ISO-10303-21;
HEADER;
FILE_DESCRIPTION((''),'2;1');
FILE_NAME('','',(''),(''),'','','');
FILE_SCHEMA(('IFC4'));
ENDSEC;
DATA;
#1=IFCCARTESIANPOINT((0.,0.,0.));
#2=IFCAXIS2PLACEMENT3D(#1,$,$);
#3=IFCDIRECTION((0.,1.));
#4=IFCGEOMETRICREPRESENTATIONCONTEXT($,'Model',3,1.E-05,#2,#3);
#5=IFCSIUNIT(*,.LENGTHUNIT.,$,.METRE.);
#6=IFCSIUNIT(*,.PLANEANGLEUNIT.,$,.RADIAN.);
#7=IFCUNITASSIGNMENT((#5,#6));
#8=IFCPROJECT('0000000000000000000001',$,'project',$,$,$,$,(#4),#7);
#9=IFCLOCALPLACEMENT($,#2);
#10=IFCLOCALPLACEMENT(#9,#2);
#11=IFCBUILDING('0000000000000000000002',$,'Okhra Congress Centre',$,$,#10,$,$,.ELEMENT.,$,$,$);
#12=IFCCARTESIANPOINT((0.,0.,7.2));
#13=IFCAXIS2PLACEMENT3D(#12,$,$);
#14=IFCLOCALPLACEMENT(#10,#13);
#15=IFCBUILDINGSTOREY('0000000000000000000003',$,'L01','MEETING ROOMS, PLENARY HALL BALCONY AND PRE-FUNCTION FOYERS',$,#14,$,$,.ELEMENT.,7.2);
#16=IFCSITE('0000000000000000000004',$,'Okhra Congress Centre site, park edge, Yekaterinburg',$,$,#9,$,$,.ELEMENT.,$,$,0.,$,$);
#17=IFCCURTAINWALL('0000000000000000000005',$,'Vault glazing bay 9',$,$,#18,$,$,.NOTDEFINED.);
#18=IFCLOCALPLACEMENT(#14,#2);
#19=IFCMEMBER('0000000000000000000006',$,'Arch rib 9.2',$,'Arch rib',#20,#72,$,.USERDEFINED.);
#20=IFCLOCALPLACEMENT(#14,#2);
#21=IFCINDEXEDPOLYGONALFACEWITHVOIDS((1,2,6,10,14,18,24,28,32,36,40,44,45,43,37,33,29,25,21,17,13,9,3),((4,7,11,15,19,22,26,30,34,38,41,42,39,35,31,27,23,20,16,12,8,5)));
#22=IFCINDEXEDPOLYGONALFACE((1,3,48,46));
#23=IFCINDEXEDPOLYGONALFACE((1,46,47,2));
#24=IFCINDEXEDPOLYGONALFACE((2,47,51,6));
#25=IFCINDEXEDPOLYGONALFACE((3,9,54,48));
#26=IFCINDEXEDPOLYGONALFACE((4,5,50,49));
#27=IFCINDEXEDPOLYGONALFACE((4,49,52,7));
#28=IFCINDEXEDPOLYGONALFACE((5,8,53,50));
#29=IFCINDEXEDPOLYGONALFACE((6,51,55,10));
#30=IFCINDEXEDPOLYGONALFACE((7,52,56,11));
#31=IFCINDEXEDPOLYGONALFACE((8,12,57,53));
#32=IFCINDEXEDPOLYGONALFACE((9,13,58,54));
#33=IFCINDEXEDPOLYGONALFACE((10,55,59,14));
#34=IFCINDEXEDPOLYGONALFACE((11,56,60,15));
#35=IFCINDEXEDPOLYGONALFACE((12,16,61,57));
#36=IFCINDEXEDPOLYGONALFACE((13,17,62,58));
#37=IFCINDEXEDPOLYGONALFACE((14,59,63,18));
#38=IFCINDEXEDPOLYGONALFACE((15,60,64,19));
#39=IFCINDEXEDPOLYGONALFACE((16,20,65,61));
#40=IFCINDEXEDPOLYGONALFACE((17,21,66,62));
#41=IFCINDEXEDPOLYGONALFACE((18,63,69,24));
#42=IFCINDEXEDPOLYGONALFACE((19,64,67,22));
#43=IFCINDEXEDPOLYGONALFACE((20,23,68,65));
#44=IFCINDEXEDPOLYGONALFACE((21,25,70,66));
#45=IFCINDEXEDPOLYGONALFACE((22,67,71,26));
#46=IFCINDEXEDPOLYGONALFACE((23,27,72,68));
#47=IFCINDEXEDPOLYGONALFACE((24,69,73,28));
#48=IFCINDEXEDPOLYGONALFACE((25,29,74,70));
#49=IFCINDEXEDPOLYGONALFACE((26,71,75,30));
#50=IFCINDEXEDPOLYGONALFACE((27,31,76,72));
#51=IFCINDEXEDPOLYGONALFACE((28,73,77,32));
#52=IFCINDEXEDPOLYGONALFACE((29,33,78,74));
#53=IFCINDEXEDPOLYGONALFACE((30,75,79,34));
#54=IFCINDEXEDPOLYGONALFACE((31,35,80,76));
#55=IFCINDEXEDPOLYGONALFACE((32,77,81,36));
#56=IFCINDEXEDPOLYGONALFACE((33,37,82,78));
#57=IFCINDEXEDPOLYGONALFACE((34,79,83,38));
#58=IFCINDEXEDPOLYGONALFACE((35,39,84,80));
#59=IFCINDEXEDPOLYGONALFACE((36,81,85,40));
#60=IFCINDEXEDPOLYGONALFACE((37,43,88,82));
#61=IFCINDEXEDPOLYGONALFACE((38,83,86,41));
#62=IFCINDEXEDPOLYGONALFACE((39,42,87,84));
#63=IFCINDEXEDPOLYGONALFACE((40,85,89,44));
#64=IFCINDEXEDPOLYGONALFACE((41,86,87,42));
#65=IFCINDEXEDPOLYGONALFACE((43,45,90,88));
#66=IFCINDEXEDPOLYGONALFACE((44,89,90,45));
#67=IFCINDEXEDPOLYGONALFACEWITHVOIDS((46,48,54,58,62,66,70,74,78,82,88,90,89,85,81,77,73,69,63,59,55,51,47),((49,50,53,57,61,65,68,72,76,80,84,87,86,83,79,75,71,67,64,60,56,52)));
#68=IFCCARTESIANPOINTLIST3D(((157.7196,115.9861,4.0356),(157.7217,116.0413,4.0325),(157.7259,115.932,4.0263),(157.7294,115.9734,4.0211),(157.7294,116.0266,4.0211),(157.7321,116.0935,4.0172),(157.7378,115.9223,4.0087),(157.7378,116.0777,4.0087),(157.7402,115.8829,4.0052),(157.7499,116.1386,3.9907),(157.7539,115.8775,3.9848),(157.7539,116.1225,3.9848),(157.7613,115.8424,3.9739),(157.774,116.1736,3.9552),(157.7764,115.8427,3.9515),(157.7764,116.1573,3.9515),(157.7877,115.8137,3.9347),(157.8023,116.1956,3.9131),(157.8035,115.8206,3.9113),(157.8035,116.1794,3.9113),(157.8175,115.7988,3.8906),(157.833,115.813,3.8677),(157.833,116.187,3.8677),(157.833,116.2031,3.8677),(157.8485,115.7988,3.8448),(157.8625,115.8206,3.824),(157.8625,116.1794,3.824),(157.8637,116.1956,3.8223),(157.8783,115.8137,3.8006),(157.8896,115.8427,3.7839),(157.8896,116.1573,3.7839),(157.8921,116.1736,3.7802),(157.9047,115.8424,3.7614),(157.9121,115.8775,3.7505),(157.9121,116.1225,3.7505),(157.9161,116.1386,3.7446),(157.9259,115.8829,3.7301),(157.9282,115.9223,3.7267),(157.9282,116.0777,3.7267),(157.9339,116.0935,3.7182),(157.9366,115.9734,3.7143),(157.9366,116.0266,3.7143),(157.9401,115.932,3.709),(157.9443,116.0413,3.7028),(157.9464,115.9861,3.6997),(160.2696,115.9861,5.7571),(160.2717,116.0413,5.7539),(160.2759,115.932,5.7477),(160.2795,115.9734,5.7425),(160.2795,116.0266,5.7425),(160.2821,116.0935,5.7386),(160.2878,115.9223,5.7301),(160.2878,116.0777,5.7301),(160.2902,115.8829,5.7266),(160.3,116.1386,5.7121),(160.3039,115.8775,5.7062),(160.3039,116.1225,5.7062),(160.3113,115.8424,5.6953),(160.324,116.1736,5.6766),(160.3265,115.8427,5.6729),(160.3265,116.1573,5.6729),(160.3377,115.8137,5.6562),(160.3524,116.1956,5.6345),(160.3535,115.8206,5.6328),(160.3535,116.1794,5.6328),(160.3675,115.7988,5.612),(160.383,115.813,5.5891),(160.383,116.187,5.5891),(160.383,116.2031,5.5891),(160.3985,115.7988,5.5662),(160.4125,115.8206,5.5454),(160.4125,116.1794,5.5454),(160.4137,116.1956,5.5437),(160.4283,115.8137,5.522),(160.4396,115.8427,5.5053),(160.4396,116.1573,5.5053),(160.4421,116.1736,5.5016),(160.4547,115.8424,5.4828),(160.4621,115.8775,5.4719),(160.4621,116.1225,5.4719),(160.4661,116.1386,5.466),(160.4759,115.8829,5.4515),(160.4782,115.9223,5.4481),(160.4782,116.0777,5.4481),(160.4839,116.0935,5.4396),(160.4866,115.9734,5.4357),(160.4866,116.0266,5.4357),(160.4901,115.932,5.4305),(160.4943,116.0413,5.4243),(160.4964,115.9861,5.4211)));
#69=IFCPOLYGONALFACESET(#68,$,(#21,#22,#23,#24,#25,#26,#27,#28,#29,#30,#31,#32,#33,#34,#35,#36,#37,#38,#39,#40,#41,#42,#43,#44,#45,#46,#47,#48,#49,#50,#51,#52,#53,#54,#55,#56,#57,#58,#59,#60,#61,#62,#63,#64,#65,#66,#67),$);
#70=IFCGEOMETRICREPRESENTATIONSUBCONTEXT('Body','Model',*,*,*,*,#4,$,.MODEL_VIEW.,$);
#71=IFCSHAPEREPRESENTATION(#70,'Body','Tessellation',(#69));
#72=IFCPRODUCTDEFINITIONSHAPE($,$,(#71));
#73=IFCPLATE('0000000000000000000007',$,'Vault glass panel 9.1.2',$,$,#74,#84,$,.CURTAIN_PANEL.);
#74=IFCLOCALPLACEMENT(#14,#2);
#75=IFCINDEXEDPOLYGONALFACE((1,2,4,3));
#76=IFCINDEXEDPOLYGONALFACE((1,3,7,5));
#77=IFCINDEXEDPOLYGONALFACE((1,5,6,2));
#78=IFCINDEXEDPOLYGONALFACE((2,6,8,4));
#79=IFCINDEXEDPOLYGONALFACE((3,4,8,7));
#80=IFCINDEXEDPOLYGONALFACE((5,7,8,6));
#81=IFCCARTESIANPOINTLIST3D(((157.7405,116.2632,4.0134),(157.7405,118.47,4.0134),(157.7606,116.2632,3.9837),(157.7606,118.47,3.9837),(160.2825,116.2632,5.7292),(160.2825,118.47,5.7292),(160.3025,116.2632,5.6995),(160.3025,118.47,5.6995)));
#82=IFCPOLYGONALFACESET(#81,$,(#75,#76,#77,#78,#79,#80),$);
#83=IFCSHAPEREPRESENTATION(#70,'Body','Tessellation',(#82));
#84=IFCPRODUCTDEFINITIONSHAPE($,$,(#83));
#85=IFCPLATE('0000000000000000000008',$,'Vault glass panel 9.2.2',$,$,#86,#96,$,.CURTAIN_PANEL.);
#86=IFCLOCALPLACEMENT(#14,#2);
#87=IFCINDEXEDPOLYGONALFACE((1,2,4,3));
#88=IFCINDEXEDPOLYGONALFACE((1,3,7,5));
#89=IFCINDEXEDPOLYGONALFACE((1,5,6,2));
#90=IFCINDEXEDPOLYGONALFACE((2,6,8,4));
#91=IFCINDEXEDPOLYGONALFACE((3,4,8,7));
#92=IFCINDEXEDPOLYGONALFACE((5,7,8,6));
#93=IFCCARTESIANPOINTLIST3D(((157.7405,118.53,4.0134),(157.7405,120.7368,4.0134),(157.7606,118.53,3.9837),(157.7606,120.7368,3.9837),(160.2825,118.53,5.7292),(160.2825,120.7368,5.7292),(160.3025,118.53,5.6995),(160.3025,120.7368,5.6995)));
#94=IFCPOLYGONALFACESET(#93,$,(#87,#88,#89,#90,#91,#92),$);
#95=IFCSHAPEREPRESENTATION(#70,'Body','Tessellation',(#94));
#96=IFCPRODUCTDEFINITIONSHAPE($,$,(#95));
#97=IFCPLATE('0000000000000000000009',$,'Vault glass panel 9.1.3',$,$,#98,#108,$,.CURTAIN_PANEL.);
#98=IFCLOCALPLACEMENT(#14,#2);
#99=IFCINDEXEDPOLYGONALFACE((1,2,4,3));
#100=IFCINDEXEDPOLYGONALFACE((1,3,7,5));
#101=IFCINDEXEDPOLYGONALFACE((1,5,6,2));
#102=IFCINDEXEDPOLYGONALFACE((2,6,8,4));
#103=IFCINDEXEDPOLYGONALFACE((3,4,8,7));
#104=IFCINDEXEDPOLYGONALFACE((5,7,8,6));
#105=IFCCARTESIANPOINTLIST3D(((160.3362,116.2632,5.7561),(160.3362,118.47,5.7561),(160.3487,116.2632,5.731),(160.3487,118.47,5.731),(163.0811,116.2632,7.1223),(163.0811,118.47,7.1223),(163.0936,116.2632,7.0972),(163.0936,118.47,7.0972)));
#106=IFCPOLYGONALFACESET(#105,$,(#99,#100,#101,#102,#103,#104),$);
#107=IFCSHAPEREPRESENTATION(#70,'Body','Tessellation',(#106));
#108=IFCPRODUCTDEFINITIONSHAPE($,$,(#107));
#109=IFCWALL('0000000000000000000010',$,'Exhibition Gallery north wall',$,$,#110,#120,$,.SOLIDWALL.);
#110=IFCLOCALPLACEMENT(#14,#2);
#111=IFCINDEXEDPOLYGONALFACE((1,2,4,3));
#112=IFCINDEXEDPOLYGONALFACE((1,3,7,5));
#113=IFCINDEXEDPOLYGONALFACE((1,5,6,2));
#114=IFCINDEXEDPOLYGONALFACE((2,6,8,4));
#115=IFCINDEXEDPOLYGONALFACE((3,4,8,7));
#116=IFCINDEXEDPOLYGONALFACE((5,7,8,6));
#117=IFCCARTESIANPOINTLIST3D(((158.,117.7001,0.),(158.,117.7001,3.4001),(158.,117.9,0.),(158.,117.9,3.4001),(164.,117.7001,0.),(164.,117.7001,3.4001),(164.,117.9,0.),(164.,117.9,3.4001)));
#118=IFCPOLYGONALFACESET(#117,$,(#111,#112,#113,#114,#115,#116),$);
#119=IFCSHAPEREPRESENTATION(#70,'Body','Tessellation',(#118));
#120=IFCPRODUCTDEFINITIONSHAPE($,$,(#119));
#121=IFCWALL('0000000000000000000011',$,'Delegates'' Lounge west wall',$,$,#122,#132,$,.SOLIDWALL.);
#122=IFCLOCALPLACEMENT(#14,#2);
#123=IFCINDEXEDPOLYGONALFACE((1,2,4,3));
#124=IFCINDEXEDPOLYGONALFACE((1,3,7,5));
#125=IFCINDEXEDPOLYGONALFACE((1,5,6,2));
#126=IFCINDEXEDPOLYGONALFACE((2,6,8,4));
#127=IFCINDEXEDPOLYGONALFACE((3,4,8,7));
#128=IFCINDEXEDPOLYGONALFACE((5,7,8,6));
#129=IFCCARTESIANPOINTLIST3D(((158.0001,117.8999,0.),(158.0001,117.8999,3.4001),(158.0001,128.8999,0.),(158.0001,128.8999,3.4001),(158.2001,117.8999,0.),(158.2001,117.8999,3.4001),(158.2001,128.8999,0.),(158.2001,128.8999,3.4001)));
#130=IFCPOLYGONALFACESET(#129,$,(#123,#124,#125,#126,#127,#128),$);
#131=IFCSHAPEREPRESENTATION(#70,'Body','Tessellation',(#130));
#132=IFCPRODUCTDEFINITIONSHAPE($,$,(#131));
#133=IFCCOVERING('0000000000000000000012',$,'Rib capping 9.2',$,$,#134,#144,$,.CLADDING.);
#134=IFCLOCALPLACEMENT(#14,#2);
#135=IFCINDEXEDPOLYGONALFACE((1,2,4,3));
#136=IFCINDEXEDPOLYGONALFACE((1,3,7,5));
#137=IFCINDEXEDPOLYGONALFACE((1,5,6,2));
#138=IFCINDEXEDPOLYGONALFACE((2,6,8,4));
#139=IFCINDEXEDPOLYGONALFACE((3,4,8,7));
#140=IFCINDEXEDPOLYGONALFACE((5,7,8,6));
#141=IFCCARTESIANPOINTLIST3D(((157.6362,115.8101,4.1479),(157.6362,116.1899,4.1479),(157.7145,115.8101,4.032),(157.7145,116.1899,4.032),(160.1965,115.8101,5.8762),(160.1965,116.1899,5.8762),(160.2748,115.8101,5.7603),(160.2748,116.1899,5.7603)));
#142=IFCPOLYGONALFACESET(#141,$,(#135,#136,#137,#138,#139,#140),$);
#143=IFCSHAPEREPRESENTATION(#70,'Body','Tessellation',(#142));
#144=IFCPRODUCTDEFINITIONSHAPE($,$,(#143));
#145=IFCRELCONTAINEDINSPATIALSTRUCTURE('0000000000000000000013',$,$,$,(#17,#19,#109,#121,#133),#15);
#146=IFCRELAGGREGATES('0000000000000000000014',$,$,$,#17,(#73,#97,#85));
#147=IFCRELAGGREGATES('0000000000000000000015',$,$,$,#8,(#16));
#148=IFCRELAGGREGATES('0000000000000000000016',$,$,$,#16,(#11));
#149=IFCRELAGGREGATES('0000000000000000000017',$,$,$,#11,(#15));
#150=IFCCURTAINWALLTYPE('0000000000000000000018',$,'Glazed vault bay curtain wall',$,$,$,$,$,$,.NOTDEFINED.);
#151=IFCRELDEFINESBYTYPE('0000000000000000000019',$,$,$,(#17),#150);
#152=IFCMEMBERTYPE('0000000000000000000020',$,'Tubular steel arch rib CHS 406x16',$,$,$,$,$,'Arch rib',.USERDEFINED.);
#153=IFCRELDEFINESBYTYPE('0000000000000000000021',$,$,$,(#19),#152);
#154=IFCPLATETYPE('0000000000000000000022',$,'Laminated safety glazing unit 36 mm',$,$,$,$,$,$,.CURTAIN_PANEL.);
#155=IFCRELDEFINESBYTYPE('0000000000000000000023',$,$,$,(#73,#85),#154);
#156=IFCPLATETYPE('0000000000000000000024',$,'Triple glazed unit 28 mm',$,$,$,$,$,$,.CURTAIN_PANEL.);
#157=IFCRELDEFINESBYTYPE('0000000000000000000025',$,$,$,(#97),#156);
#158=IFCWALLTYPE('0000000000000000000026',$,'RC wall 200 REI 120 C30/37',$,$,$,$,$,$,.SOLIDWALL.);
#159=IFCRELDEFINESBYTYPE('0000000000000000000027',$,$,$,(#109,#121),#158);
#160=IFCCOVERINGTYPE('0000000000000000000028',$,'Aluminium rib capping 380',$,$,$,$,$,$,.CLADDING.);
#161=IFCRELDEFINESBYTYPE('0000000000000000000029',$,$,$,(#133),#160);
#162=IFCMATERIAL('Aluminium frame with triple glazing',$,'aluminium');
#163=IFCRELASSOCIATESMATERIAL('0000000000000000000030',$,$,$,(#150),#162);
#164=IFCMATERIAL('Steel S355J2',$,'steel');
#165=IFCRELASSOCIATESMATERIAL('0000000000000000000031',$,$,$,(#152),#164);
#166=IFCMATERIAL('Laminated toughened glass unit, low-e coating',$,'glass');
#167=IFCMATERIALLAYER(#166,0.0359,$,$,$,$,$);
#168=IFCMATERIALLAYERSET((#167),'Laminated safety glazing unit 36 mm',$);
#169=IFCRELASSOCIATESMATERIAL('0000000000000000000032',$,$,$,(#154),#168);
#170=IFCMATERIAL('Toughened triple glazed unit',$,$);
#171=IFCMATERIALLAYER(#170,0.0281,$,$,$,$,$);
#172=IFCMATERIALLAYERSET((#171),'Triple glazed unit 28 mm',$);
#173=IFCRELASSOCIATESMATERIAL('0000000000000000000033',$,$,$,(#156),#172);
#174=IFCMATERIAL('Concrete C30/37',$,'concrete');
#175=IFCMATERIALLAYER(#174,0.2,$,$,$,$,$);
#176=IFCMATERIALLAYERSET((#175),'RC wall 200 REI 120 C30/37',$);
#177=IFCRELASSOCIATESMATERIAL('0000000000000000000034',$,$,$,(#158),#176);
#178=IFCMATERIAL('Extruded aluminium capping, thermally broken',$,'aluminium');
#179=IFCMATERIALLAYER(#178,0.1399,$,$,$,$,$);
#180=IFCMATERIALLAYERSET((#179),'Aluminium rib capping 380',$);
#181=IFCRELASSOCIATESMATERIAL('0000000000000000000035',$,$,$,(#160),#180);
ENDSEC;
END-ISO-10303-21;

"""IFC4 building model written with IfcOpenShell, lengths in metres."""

from ifc_helpers import new_model, si_unit, direction, frame, frame_2d, origin, origin_2d, place, context, subcontext, project, spatial, polyline, rectangle, hollow_circle, outline, extrude, material, layer, layer_set, material_profile, profile_set, type_object, element, aggregate, save


model = new_model("IFC4")

# Units and contexts
model_context = context("Model", 3, precision=1e-05, world=origin(), true_north=direction((0.0, 1.0)))
body_context = subcontext(model_context, "Body", "Model", "MODEL_VIEW")
ifc_project = project(units=[si_unit("LENGTHUNIT", "METRE"), si_unit("PLANEANGLEUNIT", "RADIAN")], contexts=[model_context])

# Site, building, storey
site_placement = place(None, origin())
site = spatial("IfcSite", under=ifc_project, at=site_placement, Name="Okhra Congress Centre site, park edge, Yekaterinburg", CompositionType="ELEMENT", RefElevation=0.0)
building_placement = place(site_placement, origin())
building = spatial("IfcBuilding", under=site, at=building_placement, Name="Okhra Congress Centre", CompositionType="ELEMENT")
storey_placement = place(building_placement, frame((0.0, 0.0, 7.2)))
storey = spatial("IfcBuildingStorey", under=building, at=storey_placement, Name="L01", Description="MEETING ROOMS, PLENARY HALL BALCONY AND PRE-FUNCTION FOYERS", CompositionType="ELEMENT", Elevation=7.2)

# Curtain wall
ifc_material_1 = material(Name="Aluminium frame with triple glazing", Category="aluminium")
curtain_wall_type = type_object("IfcCurtainWallType", Name="Glazed vault bay curtain wall", PredefinedType="NOTDEFINED", material=ifc_material_1)
curtain_wall_1_placement = place(storey_placement, origin())
curtain_wall_1 = element("IfcCurtainWall", 1, at=curtain_wall_1_placement, inside=storey, type_object=curtain_wall_type, Name="Vault glazing bay 9", PredefinedType="NOTDEFINED")

# Member
ifc_material_2 = material(Name="Steel S355J2", Category="steel")
ifc_material_profile_1 = material_profile(ifc_material_2, hollow_circle(Radius=0.2031, WallThickness=0.0161, at=origin_2d()), Name="CHS 406.4x16")
ifc_profile_set_1 = profile_set([ifc_material_profile_1], Name="Steel S355J2")
member_type_1 = type_object("IfcMemberType", Name="Tubular steel arch rib CHS 406x16", ElementType="Arch rib", PredefinedType="USERDEFINED", material=ifc_profile_set_1)
member_1_placement = place(storey_placement, frame((157.833, 116.0, 3.8677), z_axis=(0.828826, 0.0, 0.559507), x_axis=(0.0, 1.0, 0.0)))
element("IfcMember", 2, at=member_1_placement, inside=storey, type_object=member_type_1, Name="Arch rib 9.2", ObjectType="Arch rib", PredefinedType="USERDEFINED", context=body_context, shape_type="SweptSolid", body=[
    extrude(hollow_circle(Radius=0.2031, WallThickness=0.0161, at=origin_2d()), origin(), (0.0, 0.0, 1.0), 3.0767),
])

# Plates
ifc_material_3 = material(Name="Laminated toughened glass unit, low-e coating", Category="glass")
ifc_layer_1 = layer(ifc_material_3, 0.0359)
ifc_layer_set_1 = layer_set([ifc_layer_1], Name="Laminated safety glazing unit 36 mm")
plate_type_1 = type_object("IfcPlateType", Name="Laminated safety glazing unit 36 mm", PredefinedType="CURTAIN_PANEL", material=ifc_layer_set_1)
plate_1_placement = place(storey_placement, frame((157.7405, 116.2632, 4.0134), z_axis=(-0.559467, 0.0, 0.828852), x_axis=(0.828852, 0.0, 0.559467)))
plate_1 = element("IfcPlate", 3, at=plate_1_placement, type_object=plate_type_1, Name="Vault glass panel 9.1.2", PredefinedType="CURTAIN_PANEL", context=body_context, shape_type="SweptSolid", body=[
    extrude(outline(polyline([(0.0, 0.0), (3.0669, 0.0), (3.0669, 2.2068), (0.0, 2.2068), (0.0, 0.0)])), origin(), (0.0, 0.0, -1.0), 0.0359),
])
plate_2_placement = place(storey_placement, frame((157.7405, 118.53, 4.0134), z_axis=(-0.559467, 0.0, 0.828852), x_axis=(0.828852, 0.0, 0.559467)))
plate_2 = element("IfcPlate", 4, at=plate_2_placement, type_object=plate_type_1, Name="Vault glass panel 9.2.2", PredefinedType="CURTAIN_PANEL", context=body_context, shape_type="SweptSolid", body=[
    extrude(outline(polyline([(0.0, 0.0), (3.0669, 0.0), (3.0669, 2.2068), (0.0, 2.2068), (0.0, 0.0)])), origin(), (0.0, 0.0, -1.0), 0.0359),
])
ifc_material_4 = material(Name="Toughened triple glazed unit")
ifc_layer_2 = layer(ifc_material_4, 0.0281)
ifc_layer_set_2 = layer_set([ifc_layer_2], Name="Triple glazed unit 28 mm")
plate_type_2 = type_object("IfcPlateType", Name="Triple glazed unit 28 mm", PredefinedType="CURTAIN_PANEL", material=ifc_layer_set_2)
plate_3_placement = place(storey_placement, frame((160.3362, 116.2632, 5.7561), z_axis=(-0.445588, 0.0, 0.895238), x_axis=(0.895238, 0.0, 0.445588)))
plate_3 = element("IfcPlate", 5, at=plate_3_placement, type_object=plate_type_2, Name="Vault glass panel 9.1.3", PredefinedType="CURTAIN_PANEL", context=body_context, shape_type="SweptSolid", body=[
    extrude(outline(polyline([(0.0, 0.0), (3.0661, 0.0), (3.0661, 2.2068), (0.0, 2.2068), (0.0, 0.0)])), origin(), (0.0, 0.0, -1.0), 0.0281),
])
aggregate(curtain_wall_1, [plate_1, plate_3, plate_2])

# Walls
ifc_material_5 = material(Name="Concrete C30/37", Category="concrete")
ifc_layer_3 = layer(ifc_material_5, 0.2)
ifc_layer_set_3 = layer_set([ifc_layer_3], Name="RC wall 200 REI 120 C30/37")
wall_type = type_object("IfcWallType", Name="RC wall 200 REI 120 C30/37", PredefinedType="SOLIDWALL", material=ifc_layer_set_3)
wall_1_placement = place(storey_placement, frame((158.0, 117.8, 0.0), z_axis=(0.0, 0.0, 1.0), x_axis=(1.0, 0.0, 0.0)))
element("IfcWall", 6, at=wall_1_placement, inside=storey, type_object=wall_type, Name="Exhibition Gallery north wall", PredefinedType="SOLIDWALL", context=body_context, shape_type="SweptSolid", body=[
    extrude(rectangle(XDim=6.0, YDim=0.2, at=frame_2d((3.0, 0.0))), origin(), (0.0, 0.0, 1.0), 3.4001),
])
wall_2_placement = place(storey_placement, frame((158.1001, 117.8999, 0.0), z_axis=(0.0, 0.0, 1.0), x_axis=(0.0, 1.0, 0.0)))
element("IfcWall", 7, at=wall_2_placement, inside=storey, type_object=wall_type, Name="Delegates' Lounge west wall", PredefinedType="SOLIDWALL", context=body_context, shape_type="SweptSolid", body=[
    extrude(rectangle(XDim=11.0, YDim=0.2, at=frame_2d((5.5, 0.0))), origin(), (0.0, 0.0, 1.0), 3.4001),
])

# Covering
ifc_material_6 = material(Name="Extruded aluminium capping, thermally broken", Category="aluminium")
ifc_layer_4 = layer(ifc_material_6, 0.1399)
ifc_layer_set_4 = layer_set([ifc_layer_4], Name="Aluminium rib capping 380")
covering_type = type_object("IfcCoveringType", Name="Aluminium rib capping 380", PredefinedType="CLADDING", material=ifc_layer_set_4)
covering_placement = place(storey_placement, frame((157.6362, 115.8101, 4.1479), z_axis=(-0.559488, 0.0, 0.828839), x_axis=(0.828839, 0.0, 0.559488)))
element("IfcCovering", 8, at=covering_placement, inside=storey, type_object=covering_type, Name="Rib capping 9.2", PredefinedType="CLADDING", context=body_context, shape_type="SweptSolid", body=[
    extrude(outline(polyline([(0.0, 0.0), (3.089, 0.0), (3.089, 0.3799), (0.0, 0.3799), (0.0, 0.0)])), origin(), (0.0, 0.0, -1.0), 0.1399),
])

save(model, "model.ifc")
